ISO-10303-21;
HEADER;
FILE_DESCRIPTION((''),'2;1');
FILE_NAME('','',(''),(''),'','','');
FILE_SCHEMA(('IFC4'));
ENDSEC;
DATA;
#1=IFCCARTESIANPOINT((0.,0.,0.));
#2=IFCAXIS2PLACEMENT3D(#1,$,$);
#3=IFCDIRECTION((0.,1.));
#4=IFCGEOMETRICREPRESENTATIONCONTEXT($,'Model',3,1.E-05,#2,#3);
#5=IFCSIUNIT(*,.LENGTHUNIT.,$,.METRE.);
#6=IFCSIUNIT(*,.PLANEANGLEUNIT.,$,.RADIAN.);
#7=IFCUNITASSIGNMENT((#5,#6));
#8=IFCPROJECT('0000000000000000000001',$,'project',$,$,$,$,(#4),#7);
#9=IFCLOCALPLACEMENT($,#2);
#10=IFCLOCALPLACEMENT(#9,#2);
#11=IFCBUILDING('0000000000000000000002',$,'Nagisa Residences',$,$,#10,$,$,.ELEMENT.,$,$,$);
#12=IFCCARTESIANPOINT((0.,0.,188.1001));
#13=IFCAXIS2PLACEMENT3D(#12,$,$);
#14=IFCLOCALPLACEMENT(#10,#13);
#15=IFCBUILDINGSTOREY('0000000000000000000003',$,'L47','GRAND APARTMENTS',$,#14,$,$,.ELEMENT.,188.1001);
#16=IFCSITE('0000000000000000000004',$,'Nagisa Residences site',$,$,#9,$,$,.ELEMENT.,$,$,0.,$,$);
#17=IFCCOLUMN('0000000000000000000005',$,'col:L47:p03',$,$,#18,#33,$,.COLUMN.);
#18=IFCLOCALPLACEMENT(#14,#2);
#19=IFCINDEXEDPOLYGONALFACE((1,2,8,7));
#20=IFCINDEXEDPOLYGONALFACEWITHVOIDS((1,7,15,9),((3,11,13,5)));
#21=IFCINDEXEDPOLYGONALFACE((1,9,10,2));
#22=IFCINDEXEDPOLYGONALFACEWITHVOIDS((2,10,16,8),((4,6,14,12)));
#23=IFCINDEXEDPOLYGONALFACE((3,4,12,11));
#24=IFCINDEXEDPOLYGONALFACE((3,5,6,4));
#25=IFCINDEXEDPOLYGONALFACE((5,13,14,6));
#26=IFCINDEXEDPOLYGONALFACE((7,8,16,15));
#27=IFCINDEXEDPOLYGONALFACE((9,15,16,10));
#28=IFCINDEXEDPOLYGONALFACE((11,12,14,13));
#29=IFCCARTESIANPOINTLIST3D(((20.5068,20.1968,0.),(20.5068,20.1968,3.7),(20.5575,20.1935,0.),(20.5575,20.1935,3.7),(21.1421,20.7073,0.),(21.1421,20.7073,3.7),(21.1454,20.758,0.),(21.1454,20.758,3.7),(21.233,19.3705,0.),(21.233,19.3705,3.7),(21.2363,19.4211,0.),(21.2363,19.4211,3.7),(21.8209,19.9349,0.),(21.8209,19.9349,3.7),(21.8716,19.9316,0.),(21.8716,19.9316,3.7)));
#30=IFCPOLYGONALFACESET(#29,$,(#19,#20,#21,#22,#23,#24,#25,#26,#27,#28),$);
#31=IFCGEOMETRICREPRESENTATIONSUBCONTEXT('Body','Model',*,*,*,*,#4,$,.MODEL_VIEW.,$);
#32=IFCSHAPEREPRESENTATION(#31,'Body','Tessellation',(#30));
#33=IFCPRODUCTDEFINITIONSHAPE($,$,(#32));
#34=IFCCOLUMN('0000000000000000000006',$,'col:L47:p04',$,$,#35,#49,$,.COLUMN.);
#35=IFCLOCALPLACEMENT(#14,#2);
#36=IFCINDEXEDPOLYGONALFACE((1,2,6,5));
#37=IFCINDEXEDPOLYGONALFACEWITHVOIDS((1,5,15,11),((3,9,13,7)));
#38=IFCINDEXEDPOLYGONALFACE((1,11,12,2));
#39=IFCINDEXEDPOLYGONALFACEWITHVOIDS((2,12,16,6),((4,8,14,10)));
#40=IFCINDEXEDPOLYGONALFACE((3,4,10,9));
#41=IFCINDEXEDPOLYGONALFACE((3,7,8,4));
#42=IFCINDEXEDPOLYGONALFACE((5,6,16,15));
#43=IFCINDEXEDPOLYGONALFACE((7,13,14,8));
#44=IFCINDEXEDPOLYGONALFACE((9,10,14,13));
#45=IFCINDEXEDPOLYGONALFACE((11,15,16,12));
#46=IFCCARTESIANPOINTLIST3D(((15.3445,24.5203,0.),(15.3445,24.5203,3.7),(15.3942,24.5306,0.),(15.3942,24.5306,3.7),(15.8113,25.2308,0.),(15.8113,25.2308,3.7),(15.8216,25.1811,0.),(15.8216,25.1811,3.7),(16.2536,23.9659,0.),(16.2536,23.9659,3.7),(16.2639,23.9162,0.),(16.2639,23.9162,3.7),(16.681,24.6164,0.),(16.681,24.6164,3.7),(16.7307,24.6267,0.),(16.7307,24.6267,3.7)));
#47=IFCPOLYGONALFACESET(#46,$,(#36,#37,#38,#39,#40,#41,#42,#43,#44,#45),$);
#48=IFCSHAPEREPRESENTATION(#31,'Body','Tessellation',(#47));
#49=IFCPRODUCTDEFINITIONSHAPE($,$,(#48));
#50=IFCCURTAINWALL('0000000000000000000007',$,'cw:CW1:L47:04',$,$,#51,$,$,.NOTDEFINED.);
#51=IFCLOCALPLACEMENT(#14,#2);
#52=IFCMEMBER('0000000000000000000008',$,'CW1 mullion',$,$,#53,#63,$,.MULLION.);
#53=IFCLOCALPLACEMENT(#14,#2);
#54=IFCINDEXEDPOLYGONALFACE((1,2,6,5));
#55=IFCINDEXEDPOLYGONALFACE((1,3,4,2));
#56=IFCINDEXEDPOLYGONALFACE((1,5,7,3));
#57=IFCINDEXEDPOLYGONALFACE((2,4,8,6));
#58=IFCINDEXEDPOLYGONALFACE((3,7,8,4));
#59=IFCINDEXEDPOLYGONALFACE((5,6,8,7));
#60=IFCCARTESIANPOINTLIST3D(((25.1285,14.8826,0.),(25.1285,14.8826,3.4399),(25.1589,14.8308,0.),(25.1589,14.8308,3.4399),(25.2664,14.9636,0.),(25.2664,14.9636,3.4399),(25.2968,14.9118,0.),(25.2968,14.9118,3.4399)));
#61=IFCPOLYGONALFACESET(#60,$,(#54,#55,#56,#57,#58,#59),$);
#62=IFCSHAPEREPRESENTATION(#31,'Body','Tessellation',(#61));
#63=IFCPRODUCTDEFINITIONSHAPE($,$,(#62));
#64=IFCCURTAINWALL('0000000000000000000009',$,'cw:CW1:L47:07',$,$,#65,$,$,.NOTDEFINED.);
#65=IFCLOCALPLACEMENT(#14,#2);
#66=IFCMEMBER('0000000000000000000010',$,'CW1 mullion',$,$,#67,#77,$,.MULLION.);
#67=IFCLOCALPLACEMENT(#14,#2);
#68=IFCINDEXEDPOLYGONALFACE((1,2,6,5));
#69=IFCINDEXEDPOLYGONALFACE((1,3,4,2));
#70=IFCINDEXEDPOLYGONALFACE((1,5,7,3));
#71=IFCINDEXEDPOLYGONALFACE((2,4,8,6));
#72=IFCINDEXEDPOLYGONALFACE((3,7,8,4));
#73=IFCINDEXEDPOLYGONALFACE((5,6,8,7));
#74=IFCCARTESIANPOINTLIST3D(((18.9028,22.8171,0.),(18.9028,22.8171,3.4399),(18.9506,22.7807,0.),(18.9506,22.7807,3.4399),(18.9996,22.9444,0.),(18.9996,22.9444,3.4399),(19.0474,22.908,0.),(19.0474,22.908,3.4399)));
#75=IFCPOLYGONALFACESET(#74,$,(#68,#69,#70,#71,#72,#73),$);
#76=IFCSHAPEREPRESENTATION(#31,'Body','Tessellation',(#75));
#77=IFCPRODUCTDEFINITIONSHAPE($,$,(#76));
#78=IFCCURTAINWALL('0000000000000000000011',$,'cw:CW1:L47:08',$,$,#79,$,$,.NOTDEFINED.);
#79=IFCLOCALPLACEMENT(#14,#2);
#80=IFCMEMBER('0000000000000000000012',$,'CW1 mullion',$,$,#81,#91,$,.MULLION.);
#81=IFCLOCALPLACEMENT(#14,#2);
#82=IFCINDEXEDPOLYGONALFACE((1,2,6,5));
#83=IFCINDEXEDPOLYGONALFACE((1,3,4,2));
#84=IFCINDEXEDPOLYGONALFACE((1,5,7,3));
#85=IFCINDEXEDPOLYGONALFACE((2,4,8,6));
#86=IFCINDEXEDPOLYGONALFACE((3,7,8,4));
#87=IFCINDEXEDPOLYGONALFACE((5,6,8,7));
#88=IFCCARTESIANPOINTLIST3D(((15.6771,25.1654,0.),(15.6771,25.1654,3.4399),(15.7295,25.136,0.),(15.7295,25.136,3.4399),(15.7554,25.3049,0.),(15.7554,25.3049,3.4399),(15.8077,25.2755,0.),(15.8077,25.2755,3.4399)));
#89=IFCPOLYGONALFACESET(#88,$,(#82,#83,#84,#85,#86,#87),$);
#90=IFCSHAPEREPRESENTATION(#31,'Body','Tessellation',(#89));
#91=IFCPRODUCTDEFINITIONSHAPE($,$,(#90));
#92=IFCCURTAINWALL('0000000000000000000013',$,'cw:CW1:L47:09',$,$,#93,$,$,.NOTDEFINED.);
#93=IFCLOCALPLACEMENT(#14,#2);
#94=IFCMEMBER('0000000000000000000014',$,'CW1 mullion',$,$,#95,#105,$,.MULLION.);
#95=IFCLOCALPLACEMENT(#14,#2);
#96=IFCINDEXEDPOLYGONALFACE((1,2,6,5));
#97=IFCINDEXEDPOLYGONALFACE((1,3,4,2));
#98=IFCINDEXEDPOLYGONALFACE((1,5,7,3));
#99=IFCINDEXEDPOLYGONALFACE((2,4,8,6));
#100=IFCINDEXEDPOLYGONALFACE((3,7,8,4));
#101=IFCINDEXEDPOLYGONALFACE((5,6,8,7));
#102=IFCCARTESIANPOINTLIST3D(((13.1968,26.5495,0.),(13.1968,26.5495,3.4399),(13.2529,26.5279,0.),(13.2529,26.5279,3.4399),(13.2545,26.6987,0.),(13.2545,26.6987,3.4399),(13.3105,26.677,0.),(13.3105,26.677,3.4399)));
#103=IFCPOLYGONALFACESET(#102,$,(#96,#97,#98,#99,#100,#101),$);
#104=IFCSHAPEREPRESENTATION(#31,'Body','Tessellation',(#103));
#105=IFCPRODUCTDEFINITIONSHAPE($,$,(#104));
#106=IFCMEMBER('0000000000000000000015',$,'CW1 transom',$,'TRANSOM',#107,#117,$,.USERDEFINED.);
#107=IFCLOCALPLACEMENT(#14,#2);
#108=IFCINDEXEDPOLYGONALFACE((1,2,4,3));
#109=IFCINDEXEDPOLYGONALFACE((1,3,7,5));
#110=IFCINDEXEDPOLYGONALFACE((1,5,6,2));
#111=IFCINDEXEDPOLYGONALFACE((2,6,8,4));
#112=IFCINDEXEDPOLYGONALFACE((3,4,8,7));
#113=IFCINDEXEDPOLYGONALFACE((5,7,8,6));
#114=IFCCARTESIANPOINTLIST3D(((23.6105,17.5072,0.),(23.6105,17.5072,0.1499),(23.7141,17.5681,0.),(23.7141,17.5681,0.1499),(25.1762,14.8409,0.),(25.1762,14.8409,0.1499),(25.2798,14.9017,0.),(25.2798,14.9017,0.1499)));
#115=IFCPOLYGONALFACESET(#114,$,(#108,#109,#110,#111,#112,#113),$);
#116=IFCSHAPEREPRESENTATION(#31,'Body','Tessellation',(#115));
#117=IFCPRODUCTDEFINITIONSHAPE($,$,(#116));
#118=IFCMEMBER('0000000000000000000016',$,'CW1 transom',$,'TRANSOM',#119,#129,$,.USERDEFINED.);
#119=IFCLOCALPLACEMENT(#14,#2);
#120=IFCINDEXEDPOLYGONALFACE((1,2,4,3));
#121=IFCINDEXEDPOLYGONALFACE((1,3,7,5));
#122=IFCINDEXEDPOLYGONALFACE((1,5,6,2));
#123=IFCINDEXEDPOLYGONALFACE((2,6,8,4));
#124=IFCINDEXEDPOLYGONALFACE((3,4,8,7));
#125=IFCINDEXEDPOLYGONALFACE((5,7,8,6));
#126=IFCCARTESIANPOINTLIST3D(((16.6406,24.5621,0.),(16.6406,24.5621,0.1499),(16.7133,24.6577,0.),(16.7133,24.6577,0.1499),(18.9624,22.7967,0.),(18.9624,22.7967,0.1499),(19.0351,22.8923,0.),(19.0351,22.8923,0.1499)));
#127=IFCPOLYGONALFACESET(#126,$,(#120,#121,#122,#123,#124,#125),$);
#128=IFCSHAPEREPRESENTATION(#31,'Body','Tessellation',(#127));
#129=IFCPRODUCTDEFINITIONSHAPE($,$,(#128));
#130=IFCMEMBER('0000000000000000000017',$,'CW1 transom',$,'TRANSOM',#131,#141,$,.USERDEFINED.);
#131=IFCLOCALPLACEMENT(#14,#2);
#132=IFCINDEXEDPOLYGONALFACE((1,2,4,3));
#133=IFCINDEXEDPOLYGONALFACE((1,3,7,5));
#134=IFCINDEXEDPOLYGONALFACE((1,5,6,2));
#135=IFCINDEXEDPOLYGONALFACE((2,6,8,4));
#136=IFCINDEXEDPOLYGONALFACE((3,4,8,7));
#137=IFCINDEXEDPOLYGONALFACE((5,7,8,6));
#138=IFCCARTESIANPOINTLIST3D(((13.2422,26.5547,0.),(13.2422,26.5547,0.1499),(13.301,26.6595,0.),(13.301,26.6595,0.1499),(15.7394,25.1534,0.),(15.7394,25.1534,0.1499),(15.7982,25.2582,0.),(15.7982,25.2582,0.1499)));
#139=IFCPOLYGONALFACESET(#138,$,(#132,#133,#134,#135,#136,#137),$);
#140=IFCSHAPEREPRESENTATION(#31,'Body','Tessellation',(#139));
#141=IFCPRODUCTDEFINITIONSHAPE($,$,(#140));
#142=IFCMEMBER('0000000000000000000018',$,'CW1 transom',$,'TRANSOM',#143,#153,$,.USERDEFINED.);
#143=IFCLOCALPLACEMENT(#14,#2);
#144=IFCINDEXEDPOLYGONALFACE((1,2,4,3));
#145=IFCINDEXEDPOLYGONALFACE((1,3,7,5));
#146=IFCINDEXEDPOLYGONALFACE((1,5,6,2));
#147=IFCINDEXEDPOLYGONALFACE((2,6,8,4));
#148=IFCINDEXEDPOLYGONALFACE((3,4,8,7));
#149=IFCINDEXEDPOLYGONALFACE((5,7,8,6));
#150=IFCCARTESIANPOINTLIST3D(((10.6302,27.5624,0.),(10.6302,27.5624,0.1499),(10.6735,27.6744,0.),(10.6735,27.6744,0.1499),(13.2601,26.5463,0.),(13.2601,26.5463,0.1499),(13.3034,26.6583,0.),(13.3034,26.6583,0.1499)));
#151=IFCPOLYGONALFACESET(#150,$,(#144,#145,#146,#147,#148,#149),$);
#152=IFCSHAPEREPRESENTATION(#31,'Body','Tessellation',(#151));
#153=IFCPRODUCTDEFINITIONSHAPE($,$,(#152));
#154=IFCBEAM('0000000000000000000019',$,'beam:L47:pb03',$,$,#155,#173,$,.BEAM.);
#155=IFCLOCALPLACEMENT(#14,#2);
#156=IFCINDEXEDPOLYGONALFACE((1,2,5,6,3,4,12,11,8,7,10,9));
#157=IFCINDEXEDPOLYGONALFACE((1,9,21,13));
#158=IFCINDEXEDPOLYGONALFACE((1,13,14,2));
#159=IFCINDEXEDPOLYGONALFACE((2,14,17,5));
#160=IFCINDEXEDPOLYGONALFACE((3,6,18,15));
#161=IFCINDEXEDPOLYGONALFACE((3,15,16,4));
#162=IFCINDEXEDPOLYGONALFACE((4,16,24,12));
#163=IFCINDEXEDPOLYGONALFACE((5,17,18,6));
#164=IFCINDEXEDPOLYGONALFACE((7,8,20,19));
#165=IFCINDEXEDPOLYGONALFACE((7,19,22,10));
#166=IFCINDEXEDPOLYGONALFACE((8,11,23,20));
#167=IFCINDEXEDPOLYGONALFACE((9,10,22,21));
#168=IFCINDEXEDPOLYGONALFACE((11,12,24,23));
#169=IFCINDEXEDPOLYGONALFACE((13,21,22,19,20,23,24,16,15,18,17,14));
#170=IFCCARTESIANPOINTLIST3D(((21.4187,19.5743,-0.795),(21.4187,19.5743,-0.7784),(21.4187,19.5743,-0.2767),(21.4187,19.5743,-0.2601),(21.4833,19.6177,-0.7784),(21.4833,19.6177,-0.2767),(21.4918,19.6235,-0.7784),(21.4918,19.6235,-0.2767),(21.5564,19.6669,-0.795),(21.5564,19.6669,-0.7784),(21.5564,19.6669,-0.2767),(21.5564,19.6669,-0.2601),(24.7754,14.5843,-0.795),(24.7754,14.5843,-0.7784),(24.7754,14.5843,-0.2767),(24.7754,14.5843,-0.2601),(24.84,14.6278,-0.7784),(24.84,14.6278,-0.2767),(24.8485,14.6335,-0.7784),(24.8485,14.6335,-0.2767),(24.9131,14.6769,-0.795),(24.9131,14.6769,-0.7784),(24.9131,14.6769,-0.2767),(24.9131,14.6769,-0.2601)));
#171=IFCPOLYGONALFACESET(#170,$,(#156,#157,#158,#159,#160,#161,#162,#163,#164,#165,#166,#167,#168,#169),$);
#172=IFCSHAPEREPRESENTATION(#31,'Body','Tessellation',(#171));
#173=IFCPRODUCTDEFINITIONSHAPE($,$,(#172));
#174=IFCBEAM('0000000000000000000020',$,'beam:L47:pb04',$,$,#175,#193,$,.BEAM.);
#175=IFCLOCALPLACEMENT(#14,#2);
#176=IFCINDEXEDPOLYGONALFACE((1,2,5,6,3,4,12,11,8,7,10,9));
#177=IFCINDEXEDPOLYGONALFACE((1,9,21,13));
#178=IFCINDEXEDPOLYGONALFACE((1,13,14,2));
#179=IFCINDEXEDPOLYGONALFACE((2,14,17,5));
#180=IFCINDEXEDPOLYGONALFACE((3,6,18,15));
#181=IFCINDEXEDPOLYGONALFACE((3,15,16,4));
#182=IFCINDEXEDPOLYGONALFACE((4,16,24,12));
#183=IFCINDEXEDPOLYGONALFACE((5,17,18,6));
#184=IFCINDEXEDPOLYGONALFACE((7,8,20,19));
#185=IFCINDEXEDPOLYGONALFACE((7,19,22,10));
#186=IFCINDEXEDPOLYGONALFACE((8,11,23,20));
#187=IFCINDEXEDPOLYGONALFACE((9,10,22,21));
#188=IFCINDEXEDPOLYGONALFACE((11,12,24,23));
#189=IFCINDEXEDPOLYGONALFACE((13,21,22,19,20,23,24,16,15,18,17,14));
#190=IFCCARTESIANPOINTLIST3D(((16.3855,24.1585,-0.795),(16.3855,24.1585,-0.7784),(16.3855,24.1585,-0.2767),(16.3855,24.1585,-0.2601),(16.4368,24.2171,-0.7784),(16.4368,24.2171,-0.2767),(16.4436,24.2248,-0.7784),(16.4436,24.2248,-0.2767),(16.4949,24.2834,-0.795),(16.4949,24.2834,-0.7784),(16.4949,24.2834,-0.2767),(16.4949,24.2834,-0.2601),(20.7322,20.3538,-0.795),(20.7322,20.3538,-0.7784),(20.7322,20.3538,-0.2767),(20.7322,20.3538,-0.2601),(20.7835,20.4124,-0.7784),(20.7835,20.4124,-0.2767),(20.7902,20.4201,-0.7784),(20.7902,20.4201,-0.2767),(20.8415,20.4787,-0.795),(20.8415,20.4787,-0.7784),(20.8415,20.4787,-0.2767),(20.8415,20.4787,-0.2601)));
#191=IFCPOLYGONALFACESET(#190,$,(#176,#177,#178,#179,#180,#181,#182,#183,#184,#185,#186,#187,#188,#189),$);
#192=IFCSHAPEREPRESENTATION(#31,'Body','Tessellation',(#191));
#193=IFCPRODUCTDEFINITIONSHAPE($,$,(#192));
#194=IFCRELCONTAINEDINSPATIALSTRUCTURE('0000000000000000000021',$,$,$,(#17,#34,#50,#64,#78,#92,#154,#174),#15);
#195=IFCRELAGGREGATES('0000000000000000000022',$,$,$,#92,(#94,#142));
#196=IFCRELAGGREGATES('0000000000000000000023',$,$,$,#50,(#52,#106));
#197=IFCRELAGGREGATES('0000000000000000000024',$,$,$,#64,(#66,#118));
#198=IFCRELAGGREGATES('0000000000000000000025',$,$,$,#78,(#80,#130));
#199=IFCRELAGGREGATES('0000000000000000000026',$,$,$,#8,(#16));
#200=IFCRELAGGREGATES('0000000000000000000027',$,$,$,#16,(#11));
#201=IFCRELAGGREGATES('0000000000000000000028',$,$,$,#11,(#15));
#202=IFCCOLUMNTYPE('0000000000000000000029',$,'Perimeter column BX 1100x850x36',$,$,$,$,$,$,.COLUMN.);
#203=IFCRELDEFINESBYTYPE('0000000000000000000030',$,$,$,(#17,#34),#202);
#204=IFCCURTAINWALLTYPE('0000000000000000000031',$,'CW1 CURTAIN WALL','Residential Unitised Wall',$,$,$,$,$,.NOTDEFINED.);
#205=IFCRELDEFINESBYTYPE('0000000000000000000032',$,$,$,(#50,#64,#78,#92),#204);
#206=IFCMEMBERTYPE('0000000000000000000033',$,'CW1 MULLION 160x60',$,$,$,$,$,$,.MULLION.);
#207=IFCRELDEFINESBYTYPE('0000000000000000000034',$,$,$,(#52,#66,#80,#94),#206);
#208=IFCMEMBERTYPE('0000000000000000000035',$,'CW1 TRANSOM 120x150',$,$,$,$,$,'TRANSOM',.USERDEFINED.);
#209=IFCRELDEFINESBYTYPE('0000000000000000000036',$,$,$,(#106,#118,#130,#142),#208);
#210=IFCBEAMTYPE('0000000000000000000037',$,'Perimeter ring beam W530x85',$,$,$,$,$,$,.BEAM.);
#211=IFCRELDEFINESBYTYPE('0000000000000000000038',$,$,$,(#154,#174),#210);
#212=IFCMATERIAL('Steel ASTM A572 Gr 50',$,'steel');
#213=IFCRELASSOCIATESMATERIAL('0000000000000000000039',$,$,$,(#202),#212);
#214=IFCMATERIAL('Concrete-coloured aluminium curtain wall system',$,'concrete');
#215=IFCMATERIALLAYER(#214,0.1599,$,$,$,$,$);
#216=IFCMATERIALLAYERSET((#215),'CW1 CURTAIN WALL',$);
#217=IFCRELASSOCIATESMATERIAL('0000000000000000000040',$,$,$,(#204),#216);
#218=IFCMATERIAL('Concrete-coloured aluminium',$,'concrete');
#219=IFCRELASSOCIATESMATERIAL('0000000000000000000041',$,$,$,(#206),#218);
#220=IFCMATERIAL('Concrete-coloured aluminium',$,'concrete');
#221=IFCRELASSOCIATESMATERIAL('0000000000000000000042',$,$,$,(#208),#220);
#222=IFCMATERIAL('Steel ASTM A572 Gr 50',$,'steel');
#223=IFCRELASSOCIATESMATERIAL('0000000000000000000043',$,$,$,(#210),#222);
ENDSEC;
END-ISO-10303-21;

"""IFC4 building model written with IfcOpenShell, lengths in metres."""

from ifc_helpers import new_model, si_unit, direction, frame, origin, origin_2d, place, context, subcontext, project, spatial, rectangle, hollow_rectangle, i_section, extrude, material, layer, layer_set, material_profile, profile_set, type_object, element, aggregate, save


model = new_model("IFC4")

# Units and contexts
model_context = context("Model", 3, precision=1e-05, world=origin(), true_north=direction((0.0, 1.0)))
body_context = subcontext(model_context, "Body", "Model", "MODEL_VIEW")
ifc_project = project(units=[si_unit("LENGTHUNIT", "METRE"), si_unit("PLANEANGLEUNIT", "RADIAN")], contexts=[model_context])

# Site, building, storey
site_placement = place(None, origin())
site = spatial("IfcSite", under=ifc_project, at=site_placement, Name="Nagisa Residences site", CompositionType="ELEMENT", RefElevation=0.0)
building_placement = place(site_placement, origin())
building = spatial("IfcBuilding", under=site, at=building_placement, Name="Nagisa Residences", CompositionType="ELEMENT")
storey_placement = place(building_placement, frame((0.0, 0.0, 188.1001)))
storey = spatial("IfcBuildingStorey", under=building, at=storey_placement, Name="L47", Description="GRAND APARTMENTS", CompositionType="ELEMENT", Elevation=188.1001)

# Columns
ifc_material_1 = material(Name="Steel ASTM A572 Gr 50", Category="steel")
ifc_material_profile_1 = material_profile(ifc_material_1, hollow_rectangle(XDim=1.1001, YDim=0.8501, WallThickness=0.0359, at=origin_2d()), Name="BX 1100x850x36")
ifc_profile_set_1 = profile_set([ifc_material_profile_1], Name="Steel ASTM A572 Gr 50")
column_type = type_object("IfcColumnType", Name="Perimeter column BX 1100x850x36", PredefinedType="COLUMN", material=ifc_profile_set_1)
for number, where, z_axis, x_axis, name in (
    (1, (21.1892, 20.0642, 0.0), (0.0, 0.0, 1.0), (-0.660115, 0.751165, 0.0), "col:L47:p03"),
    (2, (16.0376, 24.5735, 0.0), (0.0, 0.0, 1.0), (-0.835766, 0.549086, 0.0), "col:L47:p04"),
):
    element("IfcColumn", number, at=place(storey_placement, frame(where, z_axis=z_axis, x_axis=x_axis)), inside=storey, type_object=column_type, Name=name, PredefinedType="COLUMN", context=body_context, shape_type="SweptSolid", body=[
        extrude(hollow_rectangle(XDim=1.1001, YDim=0.8501, WallThickness=0.0359, at=origin_2d()), origin(), (0.0, 0.0, 1.0), 3.7),
    ])

# Curtain walls, members
ifc_material_2 = material(Name="Concrete-coloured aluminium curtain wall system", Category="concrete")
ifc_layer_1 = layer(ifc_material_2, 0.1599)
ifc_layer_set_1 = layer_set([ifc_layer_1], Name="CW1 CURTAIN WALL")
curtain_wall_type = type_object("IfcCurtainWallType", Name="CW1 CURTAIN WALL", Description="Residential Unitised Wall", PredefinedType="NOTDEFINED", material=ifc_layer_set_1)
curtain_wall_1_placement = place(storey_placement, origin())
curtain_wall_1 = element("IfcCurtainWall", 3, at=curtain_wall_1_placement, inside=storey, type_object=curtain_wall_type, Name="cw:CW1:L47:04", PredefinedType="NOTDEFINED")
ifc_material_3 = material(Name="Concrete-coloured aluminium", Category="concrete")
ifc_material_profile_2 = material_profile(ifc_material_3, rectangle(XDim=0.1599, YDim=0.0601, at=origin_2d()), Name="CW1 MULLION 160x60")
ifc_profile_set_2 = profile_set([ifc_material_profile_2], Name="Concrete-coloured aluminium")
member_type_1 = type_object("IfcMemberType", Name="CW1 MULLION 160x60", PredefinedType="MULLION", material=ifc_profile_set_2)
member_1_placement = place(storey_placement, frame((25.2126, 14.8972, 0.0), z_axis=(0.0, 0.0, 1.0), x_axis=(-0.862329, -0.506349, 0.0)))
member_1 = element("IfcMember", 4, at=member_1_placement, type_object=member_type_1, Name="CW1 mullion", PredefinedType="MULLION", context=body_context, shape_type="SweptSolid", body=[
    extrude(rectangle(XDim=0.1599, YDim=0.0601, at=origin_2d()), origin(), (0.0, 0.0, 1.0), 3.4399),
])
curtain_wall_2_placement = place(storey_placement, origin())
curtain_wall_2 = element("IfcCurtainWall", 5, at=curtain_wall_2_placement, inside=storey, type_object=curtain_wall_type, Name="cw:CW1:L47:07", PredefinedType="NOTDEFINED")
member_2_placement = place(storey_placement, frame((18.9751, 22.8625, 0.0), z_axis=(0.0, 0.0, 1.0), x_axis=(-0.605255, -0.796031, 0.0)))
member_2 = element("IfcMember", 6, at=member_2_placement, type_object=member_type_1, Name="CW1 mullion", PredefinedType="MULLION", context=body_context, shape_type="SweptSolid", body=[
    extrude(rectangle(XDim=0.1599, YDim=0.0601, at=origin_2d()), origin(), (0.0, 0.0, 1.0), 3.4399),
])
curtain_wall_3_placement = place(storey_placement, origin())
curtain_wall_3 = element("IfcCurtainWall", 7, at=curtain_wall_3_placement, inside=storey, type_object=curtain_wall_type, Name="cw:CW1:L47:08", PredefinedType="NOTDEFINED")
member_3_placement = place(storey_placement, frame((15.7424, 25.2205, 0.0), z_axis=(0.0, 0.0, 1.0), x_axis=(-0.489377, -0.872072, 0.0)))
member_3 = element("IfcMember", 8, at=member_3_placement, type_object=member_type_1, Name="CW1 mullion", PredefinedType="MULLION", context=body_context, shape_type="SweptSolid", body=[
    extrude(rectangle(XDim=0.1599, YDim=0.0601, at=origin_2d()), origin(), (0.0, 0.0, 1.0), 3.4399),
])
curtain_wall_4_placement = place(storey_placement, origin())
curtain_wall_4 = element("IfcCurtainWall", 9, at=curtain_wall_4_placement, inside=storey, type_object=curtain_wall_type, Name="cw:CW1:L47:09", PredefinedType="NOTDEFINED")
member_4_placement = place(storey_placement, frame((13.2537, 26.6133, 0.0), z_axis=(0.0, 0.0, 1.0), x_axis=(-0.360328, -0.932826, 0.0)))
member_4 = element("IfcMember", 10, at=member_4_placement, type_object=member_type_1, Name="CW1 mullion", PredefinedType="MULLION", context=body_context, shape_type="SweptSolid", body=[
    extrude(rectangle(XDim=0.1599, YDim=0.0601, at=origin_2d()), origin(), (0.0, 0.0, 1.0), 3.4399),
])

# Members
ifc_material_4 = material(Name="Concrete-coloured aluminium", Category="concrete")
ifc_material_profile_3 = material_profile(ifc_material_4, rectangle(XDim=0.1201, YDim=0.1499, at=origin_2d()), Name="CW1 TRANSOM 120x150")
ifc_profile_set_3 = profile_set([ifc_material_profile_3], Name="Concrete-coloured aluminium")
member_type_2 = type_object("IfcMemberType", Name="CW1 TRANSOM 120x150", ElementType="TRANSOM", PredefinedType="USERDEFINED", material=ifc_profile_set_3)
member_5_placement = place(storey_placement, frame((25.228, 14.8713, 0.075), z_axis=(-0.506368, 0.862318, 0.0), x_axis=(-0.862318, -0.506368, 0.0)))
member_5 = element("IfcMember", 11, at=member_5_placement, type_object=member_type_2, Name="CW1 transom", ObjectType="TRANSOM", PredefinedType="USERDEFINED", context=body_context, shape_type="SweptSolid", body=[
    extrude(rectangle(XDim=0.1201, YDim=0.1499, at=origin_2d()), origin(), (0.0, 0.0, 1.0), 3.092),
])
member_6_placement = place(storey_placement, frame((18.9988, 22.8445, 0.075), z_axis=(-0.796025, 0.605264, 0.0), x_axis=(-0.605264, -0.796025, 0.0)))
member_6 = element("IfcMember", 12, at=member_6_placement, type_object=member_type_2, Name="CW1 transom", ObjectType="TRANSOM", PredefinedType="USERDEFINED", context=body_context, shape_type="SweptSolid", body=[
    extrude(rectangle(XDim=0.1201, YDim=0.1499, at=origin_2d()), origin(), (0.0, 0.0, 1.0), 2.9167),
])
member_7_placement = place(storey_placement, frame((15.7688, 25.2058, 0.075), z_axis=(-0.872078, 0.489366, 0.0), x_axis=(-0.489366, -0.872078, 0.0)))
member_7 = element("IfcMember", 13, at=member_7_placement, type_object=member_type_2, Name="CW1 transom", ObjectType="TRANSOM", PredefinedType="USERDEFINED", context=body_context, shape_type="SweptSolid", body=[
    extrude(rectangle(XDim=0.1201, YDim=0.1499, at=origin_2d()), origin(), (0.0, 0.0, 1.0), 2.8635),
])
member_8_placement = place(storey_placement, frame((13.2817, 26.6023, 0.075), z_axis=(-0.932795, 0.360406, 0.0), x_axis=(-0.360406, -0.932795, 0.0)))
member_8 = element("IfcMember", 14, at=member_8_placement, type_object=member_type_2, Name="CW1 transom", ObjectType="TRANSOM", PredefinedType="USERDEFINED", context=body_context, shape_type="SweptSolid", body=[
    extrude(rectangle(XDim=0.1201, YDim=0.1499, at=origin_2d()), origin(), (0.0, 0.0, 1.0), 2.8193),
])
aggregate(curtain_wall_4, [member_4, member_8])

# Beams
ifc_material_5 = material(Name="Steel ASTM A572 Gr 50", Category="steel")
ifc_material_profile_4 = material_profile(ifc_material_5, i_section(OverallWidth=0.166, OverallDepth=0.5349, WebThickness=0.0103, FlangeThickness=0.0166, at=origin_2d()), Name="W530x85")
ifc_profile_set_4 = profile_set([ifc_material_profile_4], Name="Steel ASTM A572 Gr 50")
beam_type_1 = type_object("IfcBeamType", Name="Perimeter ring beam W530x85", PredefinedType="BEAM", material=ifc_profile_set_4)
beam_1_placement = place(storey_placement, frame((24.8442, 14.6306, -0.5276), z_axis=(-0.558152, 0.829739, 0.0), x_axis=(-0.829739, -0.558152, 0.0)))
element("IfcBeam", 15, at=beam_1_placement, inside=storey, type_object=beam_type_1, Name="beam:L47:pb03", PredefinedType="BEAM", context=body_context, shape_type="SweptSolid", body=[
    extrude(i_section(OverallWidth=0.166, OverallDepth=0.5349, WebThickness=0.0103, FlangeThickness=0.0166, at=origin_2d()), origin(), (0.0, 0.0, 1.0), 6.0139),
])
beam_2_placement = place(storey_placement, frame((20.7869, 20.4163, -0.5276), z_axis=(-0.752461, 0.658636, 0.0), x_axis=(-0.658636, -0.752461, 0.0)))
element("IfcBeam", 16, at=beam_2_placement, inside=storey, type_object=beam_type_1, Name="beam:L47:pb04", PredefinedType="BEAM", context=body_context, shape_type="SweptSolid", body=[
    extrude(i_section(OverallWidth=0.166, OverallDepth=0.5349, WebThickness=0.0103, FlangeThickness=0.0166, at=origin_2d()), origin(), (0.0, 0.0, 1.0), 5.7766),
])

aggregate(curtain_wall_1, [member_1, member_5])
aggregate(curtain_wall_2, [member_2, member_6])
aggregate(curtain_wall_3, [member_3, member_7])

save(model, "model.ifc")
